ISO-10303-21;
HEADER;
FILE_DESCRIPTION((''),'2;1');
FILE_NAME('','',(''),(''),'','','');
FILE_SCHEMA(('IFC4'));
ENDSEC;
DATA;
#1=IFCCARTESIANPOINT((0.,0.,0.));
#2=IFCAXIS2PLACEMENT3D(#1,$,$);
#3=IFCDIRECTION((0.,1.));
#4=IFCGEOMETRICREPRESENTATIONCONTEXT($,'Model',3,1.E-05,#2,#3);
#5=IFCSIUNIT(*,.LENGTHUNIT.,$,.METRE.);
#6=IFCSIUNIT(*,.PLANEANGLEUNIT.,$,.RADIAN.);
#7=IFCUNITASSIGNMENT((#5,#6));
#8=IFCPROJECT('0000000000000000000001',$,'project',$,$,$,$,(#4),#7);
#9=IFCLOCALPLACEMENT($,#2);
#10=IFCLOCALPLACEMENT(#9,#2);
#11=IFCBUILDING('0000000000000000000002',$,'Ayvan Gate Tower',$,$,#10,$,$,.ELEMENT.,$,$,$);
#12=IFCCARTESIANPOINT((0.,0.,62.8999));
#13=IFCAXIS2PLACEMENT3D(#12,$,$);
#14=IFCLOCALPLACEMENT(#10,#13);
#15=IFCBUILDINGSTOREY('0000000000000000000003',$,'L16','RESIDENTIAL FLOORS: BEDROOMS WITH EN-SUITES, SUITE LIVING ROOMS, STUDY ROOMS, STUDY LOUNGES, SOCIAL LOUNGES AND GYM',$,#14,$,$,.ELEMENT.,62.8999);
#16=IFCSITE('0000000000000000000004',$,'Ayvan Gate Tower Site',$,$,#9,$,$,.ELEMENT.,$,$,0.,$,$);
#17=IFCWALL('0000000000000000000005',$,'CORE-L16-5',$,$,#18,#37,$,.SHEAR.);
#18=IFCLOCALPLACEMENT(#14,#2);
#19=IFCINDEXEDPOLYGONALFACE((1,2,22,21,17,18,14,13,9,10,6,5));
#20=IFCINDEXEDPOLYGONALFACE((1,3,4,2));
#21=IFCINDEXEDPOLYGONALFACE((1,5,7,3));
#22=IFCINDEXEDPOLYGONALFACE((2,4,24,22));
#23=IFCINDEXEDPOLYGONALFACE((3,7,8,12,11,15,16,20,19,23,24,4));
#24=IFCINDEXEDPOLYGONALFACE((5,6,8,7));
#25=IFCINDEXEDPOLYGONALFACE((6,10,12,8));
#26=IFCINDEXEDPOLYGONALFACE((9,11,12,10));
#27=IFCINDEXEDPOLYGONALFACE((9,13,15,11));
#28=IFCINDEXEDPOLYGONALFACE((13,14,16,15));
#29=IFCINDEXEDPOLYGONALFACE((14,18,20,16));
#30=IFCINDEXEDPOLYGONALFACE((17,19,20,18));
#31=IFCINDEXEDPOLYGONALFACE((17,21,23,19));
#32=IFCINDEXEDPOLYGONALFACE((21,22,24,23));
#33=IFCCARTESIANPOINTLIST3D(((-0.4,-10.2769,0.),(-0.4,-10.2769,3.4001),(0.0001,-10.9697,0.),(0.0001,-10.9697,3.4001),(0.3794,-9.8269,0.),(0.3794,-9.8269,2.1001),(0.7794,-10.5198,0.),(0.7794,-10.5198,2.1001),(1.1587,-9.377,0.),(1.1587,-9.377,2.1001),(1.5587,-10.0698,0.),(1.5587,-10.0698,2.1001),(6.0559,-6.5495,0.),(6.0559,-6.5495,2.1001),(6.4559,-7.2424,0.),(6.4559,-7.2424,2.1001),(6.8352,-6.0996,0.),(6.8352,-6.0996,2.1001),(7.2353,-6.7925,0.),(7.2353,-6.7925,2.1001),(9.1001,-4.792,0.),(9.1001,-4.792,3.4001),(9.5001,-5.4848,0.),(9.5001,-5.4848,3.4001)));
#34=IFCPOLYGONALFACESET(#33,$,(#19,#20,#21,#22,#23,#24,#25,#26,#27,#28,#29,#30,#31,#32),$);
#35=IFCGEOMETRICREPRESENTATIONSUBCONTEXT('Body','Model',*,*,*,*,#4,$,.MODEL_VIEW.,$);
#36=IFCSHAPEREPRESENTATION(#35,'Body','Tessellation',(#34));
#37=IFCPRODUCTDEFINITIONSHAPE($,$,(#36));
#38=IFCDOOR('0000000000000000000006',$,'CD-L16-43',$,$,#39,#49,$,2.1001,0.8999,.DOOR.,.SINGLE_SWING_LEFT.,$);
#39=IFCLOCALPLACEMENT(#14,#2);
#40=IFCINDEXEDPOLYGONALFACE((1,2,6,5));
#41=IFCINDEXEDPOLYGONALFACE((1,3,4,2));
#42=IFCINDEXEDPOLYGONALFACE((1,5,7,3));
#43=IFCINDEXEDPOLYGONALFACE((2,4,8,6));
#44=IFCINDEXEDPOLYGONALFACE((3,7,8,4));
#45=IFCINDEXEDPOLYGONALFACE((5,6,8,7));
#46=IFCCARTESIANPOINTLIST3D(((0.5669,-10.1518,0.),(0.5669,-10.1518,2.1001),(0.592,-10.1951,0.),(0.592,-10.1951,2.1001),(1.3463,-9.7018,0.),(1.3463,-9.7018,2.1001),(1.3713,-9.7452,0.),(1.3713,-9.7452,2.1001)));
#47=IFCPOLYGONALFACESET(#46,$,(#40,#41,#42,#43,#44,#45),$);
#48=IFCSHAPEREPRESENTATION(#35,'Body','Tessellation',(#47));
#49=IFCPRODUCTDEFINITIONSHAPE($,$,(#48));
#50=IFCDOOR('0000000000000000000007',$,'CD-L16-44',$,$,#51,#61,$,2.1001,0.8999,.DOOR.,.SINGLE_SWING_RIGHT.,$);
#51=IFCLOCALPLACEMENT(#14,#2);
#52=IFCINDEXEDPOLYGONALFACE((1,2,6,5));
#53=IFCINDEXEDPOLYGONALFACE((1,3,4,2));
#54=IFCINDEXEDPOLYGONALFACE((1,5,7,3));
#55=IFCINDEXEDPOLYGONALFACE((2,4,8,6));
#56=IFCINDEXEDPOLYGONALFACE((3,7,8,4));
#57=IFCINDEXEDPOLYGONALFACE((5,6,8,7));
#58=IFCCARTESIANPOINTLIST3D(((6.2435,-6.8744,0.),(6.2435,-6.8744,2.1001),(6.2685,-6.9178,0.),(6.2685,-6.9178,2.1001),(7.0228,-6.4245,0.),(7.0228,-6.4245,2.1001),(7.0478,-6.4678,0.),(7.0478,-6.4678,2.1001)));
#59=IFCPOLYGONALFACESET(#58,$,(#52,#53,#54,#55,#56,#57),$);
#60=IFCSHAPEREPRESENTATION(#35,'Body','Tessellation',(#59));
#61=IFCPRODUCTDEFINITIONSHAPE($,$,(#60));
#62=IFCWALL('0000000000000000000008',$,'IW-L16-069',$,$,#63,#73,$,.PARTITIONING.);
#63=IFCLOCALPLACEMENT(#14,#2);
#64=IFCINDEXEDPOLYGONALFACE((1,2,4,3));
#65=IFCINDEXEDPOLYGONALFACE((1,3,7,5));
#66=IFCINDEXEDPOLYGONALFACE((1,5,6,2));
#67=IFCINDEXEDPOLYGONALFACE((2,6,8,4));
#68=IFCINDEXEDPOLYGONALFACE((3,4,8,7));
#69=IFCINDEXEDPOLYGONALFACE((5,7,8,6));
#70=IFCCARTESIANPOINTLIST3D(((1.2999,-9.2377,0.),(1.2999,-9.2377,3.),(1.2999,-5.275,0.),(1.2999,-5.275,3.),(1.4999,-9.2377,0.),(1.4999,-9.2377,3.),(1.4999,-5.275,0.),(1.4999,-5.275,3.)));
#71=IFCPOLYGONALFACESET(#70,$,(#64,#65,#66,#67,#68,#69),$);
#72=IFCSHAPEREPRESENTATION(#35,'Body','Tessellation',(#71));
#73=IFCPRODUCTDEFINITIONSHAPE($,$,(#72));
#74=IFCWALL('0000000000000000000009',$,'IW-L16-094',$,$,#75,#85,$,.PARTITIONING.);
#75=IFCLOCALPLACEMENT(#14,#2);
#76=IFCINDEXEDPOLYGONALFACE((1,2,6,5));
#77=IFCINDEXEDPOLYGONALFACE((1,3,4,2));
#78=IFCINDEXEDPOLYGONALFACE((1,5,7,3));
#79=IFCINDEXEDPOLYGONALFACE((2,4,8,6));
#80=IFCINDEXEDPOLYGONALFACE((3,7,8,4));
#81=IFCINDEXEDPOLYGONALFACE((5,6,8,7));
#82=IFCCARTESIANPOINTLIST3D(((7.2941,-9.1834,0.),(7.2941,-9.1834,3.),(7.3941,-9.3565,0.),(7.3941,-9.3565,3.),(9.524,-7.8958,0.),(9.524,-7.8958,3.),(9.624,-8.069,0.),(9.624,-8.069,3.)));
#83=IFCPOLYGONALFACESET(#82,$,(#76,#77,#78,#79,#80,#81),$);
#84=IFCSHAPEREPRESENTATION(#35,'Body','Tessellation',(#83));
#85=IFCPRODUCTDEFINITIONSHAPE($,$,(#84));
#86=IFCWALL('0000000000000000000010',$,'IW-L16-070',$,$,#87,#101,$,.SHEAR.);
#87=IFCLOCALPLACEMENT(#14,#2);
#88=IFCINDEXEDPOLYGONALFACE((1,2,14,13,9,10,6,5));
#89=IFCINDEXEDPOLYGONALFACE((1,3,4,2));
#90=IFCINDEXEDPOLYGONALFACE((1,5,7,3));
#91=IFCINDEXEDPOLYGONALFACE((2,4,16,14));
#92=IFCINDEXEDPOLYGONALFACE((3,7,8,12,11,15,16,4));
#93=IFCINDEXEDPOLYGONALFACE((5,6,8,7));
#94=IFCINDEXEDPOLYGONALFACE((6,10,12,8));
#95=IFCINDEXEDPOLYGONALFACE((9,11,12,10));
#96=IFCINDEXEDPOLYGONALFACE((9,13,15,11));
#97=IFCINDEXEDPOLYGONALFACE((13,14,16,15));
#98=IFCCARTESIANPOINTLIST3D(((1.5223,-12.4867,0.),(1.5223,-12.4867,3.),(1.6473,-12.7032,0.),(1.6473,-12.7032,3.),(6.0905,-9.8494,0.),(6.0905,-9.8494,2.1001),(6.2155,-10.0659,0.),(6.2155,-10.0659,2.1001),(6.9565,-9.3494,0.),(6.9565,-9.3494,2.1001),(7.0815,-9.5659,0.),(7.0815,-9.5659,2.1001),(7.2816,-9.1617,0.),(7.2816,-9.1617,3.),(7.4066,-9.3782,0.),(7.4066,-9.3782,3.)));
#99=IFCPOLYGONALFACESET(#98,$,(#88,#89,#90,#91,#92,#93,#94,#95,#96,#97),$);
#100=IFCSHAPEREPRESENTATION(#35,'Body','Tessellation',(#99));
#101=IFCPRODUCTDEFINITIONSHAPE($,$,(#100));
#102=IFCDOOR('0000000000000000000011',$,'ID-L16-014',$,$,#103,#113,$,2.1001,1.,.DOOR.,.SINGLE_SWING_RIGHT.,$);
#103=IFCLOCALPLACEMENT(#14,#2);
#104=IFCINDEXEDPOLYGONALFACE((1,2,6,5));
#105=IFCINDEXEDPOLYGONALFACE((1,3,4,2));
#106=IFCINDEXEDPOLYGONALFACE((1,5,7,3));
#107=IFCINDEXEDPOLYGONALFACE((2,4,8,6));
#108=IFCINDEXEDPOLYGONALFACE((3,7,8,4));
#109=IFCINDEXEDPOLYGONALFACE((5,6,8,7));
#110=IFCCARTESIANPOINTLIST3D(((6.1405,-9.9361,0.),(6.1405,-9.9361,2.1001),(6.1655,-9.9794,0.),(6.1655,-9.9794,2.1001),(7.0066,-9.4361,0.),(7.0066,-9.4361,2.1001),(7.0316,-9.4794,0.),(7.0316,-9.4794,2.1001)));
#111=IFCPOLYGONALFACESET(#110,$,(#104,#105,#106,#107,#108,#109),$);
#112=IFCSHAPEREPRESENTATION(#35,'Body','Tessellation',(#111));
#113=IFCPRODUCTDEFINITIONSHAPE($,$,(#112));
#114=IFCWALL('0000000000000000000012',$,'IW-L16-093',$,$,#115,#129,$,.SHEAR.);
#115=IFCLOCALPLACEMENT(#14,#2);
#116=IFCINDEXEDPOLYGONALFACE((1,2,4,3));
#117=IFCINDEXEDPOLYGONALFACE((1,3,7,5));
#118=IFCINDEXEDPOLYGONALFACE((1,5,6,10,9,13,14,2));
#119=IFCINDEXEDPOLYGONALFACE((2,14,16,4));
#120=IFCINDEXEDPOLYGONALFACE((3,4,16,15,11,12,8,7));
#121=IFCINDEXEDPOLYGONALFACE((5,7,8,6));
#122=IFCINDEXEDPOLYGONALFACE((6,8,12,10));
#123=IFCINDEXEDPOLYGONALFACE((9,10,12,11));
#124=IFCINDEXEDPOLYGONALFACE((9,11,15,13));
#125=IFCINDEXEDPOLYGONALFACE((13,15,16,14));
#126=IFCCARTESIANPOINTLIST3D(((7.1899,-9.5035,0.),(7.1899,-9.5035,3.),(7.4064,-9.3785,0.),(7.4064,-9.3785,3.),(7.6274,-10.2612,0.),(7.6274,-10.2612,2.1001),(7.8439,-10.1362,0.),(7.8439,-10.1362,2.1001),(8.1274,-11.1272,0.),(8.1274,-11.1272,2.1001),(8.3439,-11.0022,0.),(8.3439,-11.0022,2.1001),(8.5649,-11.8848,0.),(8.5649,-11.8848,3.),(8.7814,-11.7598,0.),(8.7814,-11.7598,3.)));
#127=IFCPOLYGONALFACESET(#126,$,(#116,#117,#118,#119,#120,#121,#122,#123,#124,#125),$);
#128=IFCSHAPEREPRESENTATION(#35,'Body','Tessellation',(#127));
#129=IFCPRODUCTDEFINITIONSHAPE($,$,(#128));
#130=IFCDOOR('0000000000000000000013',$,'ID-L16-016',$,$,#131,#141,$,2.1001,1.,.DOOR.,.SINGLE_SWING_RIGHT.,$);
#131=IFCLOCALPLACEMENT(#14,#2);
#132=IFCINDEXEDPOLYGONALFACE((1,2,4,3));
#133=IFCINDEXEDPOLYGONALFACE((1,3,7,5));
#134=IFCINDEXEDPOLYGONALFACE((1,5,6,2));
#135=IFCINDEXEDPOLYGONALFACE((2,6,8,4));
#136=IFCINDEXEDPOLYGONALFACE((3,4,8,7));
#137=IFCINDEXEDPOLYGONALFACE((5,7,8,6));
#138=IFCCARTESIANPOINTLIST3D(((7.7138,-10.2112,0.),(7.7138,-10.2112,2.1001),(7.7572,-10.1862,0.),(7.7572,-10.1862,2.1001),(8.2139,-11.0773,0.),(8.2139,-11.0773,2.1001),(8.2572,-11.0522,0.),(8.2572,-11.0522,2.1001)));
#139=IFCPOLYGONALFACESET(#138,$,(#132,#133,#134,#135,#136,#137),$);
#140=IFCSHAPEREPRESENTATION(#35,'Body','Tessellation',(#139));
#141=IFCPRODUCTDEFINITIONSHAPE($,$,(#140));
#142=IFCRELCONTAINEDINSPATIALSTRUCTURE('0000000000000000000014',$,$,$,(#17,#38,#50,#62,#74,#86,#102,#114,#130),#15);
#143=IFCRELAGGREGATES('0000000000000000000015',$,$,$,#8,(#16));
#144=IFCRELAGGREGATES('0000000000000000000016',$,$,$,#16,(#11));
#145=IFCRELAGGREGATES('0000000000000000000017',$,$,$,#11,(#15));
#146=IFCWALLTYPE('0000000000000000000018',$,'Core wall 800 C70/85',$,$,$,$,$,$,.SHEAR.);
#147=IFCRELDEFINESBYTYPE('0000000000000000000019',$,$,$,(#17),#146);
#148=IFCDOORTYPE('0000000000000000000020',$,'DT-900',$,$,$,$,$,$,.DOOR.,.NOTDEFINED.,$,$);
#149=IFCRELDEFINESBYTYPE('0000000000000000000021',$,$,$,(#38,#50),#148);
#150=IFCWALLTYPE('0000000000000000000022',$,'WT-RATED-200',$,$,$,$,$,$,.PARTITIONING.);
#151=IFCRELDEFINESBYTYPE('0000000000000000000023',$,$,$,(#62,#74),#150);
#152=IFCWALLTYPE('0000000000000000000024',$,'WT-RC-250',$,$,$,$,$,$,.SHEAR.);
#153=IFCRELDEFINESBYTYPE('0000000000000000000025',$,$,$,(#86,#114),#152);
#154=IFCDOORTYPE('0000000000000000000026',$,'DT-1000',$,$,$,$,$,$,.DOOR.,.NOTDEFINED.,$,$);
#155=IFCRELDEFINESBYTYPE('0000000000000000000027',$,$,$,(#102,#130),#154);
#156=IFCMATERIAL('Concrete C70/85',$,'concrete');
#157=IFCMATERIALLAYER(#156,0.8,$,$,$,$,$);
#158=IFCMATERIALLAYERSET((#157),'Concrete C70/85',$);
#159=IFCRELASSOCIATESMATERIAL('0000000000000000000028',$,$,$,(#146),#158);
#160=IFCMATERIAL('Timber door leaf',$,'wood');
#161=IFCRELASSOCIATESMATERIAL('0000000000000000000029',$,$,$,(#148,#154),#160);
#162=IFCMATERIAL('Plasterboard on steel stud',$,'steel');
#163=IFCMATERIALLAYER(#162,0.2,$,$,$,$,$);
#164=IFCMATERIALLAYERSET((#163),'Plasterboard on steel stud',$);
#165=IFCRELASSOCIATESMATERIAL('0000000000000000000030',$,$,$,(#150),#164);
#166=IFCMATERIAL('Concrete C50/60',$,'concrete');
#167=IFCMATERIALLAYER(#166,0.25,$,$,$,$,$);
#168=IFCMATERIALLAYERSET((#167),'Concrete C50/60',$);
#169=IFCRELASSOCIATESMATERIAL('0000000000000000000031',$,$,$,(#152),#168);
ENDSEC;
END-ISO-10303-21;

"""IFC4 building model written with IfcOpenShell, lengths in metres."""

from ifc_helpers import new_model, si_unit, direction, frame, frame_2d, origin, place, context, subcontext, project, spatial, rectangle, extrude, material, layer, layer_set, type_object, element, fill, save


model = new_model("IFC4")

# Units and contexts
model_context = context("Model", 3, precision=1e-05, world=origin(), true_north=direction((0.0, 1.0)))
body_context = subcontext(model_context, "Body", "Model", "MODEL_VIEW")
ifc_project = project(units=[si_unit("LENGTHUNIT", "METRE"), si_unit("PLANEANGLEUNIT", "RADIAN")], contexts=[model_context])

# Site, building, storey
site_placement = place(None, origin())
site = spatial("IfcSite", under=ifc_project, at=site_placement, Name="Ayvan Gate Tower Site", CompositionType="ELEMENT", RefElevation=0.0)
building_placement = place(site_placement, origin())
building = spatial("IfcBuilding", under=site, at=building_placement, Name="Ayvan Gate Tower", CompositionType="ELEMENT")
storey_placement = place(building_placement, frame((0.0, 0.0, 62.8999)))
storey = spatial("IfcBuildingStorey", under=building, at=storey_placement, Name="L16", Description="RESIDENTIAL FLOORS: BEDROOMS WITH EN-SUITES, SUITE LIVING ROOMS, STUDY ROOMS, STUDY LOUNGES, SOCIAL LOUNGES AND GYM", CompositionType="ELEMENT", Elevation=62.8999)

# Wall, openings, doors
ifc_material_1 = material(Name="Concrete C70/85", Category="concrete")
ifc_layer_1 = layer(ifc_material_1, 0.8)
ifc_layer_set_1 = layer_set([ifc_layer_1], Name="Concrete C70/85")
wall_type_1 = type_object("IfcWallType", Name="Core wall 800 C70/85", PredefinedType="SHEAR", material=ifc_layer_set_1)
wall_1_placement = place(storey_placement, frame((-0.2, -10.6233, 0.0), z_axis=(0.0, 0.0, 1.0), x_axis=(0.866024, 0.500002, 0.0)))
wall_1 = element("IfcWall", 1, at=wall_1_placement, inside=storey, type_object=wall_type_1, Name="CORE-L16-5", PredefinedType="SHEAR", context=body_context, shape_type="SweptSolid", body=[
    extrude(rectangle(XDim=10.9697, YDim=0.8, at=frame_2d((5.4849, 0.0))), origin(), (0.0, 0.0, 1.0), 3.4001),
])
opening_1_placement = place(wall_1_placement, frame((0.8999, 0.0, 0.0)))
opening_1 = element("IfcOpeningElement", 2, at=opening_1_placement, cuts=wall_1, PredefinedType="OPENING", context=body_context, shape_type="SweptSolid", body=[
    extrude(rectangle(XDim=0.8999, YDim=2.1001, at=frame_2d((0.45, 1.05))), frame((0.0, 0.4099, 0.0), z_axis=(0.0, -1.0, 0.0), x_axis=(1.0, 0.0, 0.0)), (0.0, 0.0, 1.0), 0.8201),
])
opening_2_placement = place(wall_1_placement, frame((7.4546, 0.0, 0.0)))
opening_2 = element("IfcOpeningElement", 3, at=opening_2_placement, cuts=wall_1, PredefinedType="OPENING", context=body_context, shape_type="SweptSolid", body=[
    extrude(rectangle(XDim=0.8999, YDim=2.1001, at=frame_2d((0.45, 1.05))), frame((0.0, 0.4099, 0.0), z_axis=(0.0, -1.0, 0.0), x_axis=(1.0, 0.0, 0.0)), (0.0, 0.0, 1.0), 0.8201),
])
ifc_material_2 = material(Name="Timber door leaf", Category="wood")
door_type_1 = type_object("IfcDoorType", Name="DT-900", OperationType="NOTDEFINED", PredefinedType="DOOR", material=ifc_material_2)
door_1_placement = place(opening_1_placement, origin())
door_1 = element("IfcDoor", 4, at=door_1_placement, inside=storey, type_object=door_type_1, Name="CD-L16-43", OperationType="SINGLE_SWING_LEFT", OverallHeight=2.1001, OverallWidth=0.8999, PredefinedType="DOOR", context=body_context, shape_type="SweptSolid", body=[
    extrude(rectangle(XDim=0.8999, YDim=2.1001, at=frame_2d((0.45, 1.05))), frame((0.0, 0.0249, 0.0), z_axis=(0.0, -1.0, 0.0), x_axis=(1.0, 0.0, 0.0)), (0.0, 0.0, 1.0), 0.05),
])
fill(opening_1, door_1)
door_2_placement = place(opening_2_placement, origin())
door_2 = element("IfcDoor", 5, at=door_2_placement, inside=storey, type_object=door_type_1, Name="CD-L16-44", OperationType="SINGLE_SWING_RIGHT", OverallHeight=2.1001, OverallWidth=0.8999, PredefinedType="DOOR", context=body_context, shape_type="SweptSolid", body=[
    extrude(rectangle(XDim=0.8999, YDim=2.1001, at=frame_2d((0.45, 1.05))), frame((0.0, 0.0249, 0.0), z_axis=(0.0, -1.0, 0.0), x_axis=(1.0, 0.0, 0.0)), (0.0, 0.0, 1.0), 0.05),
])
fill(opening_2, door_2)

# Walls
ifc_material_3 = material(Name="Plasterboard on steel stud", Category="steel")
ifc_layer_2 = layer(ifc_material_3, 0.2)
ifc_layer_set_2 = layer_set([ifc_layer_2], Name="Plasterboard on steel stud")
wall_type_2 = type_object("IfcWallType", Name="WT-RATED-200", PredefinedType="PARTITIONING", material=ifc_layer_set_2)
wall_2_placement = place(storey_placement, frame((1.3999, -5.2749, 0.0), z_axis=(0.0, 0.0, 1.0), x_axis=(0.0, -1.0, 0.0)))
element("IfcWall", 6, at=wall_2_placement, inside=storey, type_object=wall_type_2, Name="IW-L16-069", PredefinedType="PARTITIONING", context=body_context, shape_type="SweptSolid", body=[
    extrude(rectangle(XDim=3.9626, YDim=0.2, at=frame_2d((1.9814, 0.0))), origin(), (0.0, 0.0, 1.0), 3.0),
])
wall_3_placement = place(storey_placement, frame((7.344, -9.27, 0.0), z_axis=(0.0, 0.0, 1.0), x_axis=(0.866006, 0.500034, 0.0)))
element("IfcWall", 7, at=wall_3_placement, inside=storey, type_object=wall_type_2, Name="IW-L16-094", PredefinedType="PARTITIONING", context=body_context, shape_type="SweptSolid", body=[
    extrude(rectangle(XDim=2.575, YDim=0.2, at=frame_2d((1.2876, 0.0))), origin(), (0.0, 0.0, 1.0), 3.0),
])

# Walls, openings, doors
ifc_material_4 = material(Name="Concrete C50/60", Category="concrete")
ifc_layer_3 = layer(ifc_material_4, 0.25)
ifc_layer_set_3 = layer_set([ifc_layer_3], Name="Concrete C50/60")
wall_type_3 = type_object("IfcWallType", Name="WT-RC-250", PredefinedType="SHEAR", material=ifc_layer_set_3)
wall_4_placement = place(storey_placement, frame((1.5847, -12.595, 0.0), z_axis=(0.0, 0.0, 1.0), x_axis=(0.866036, 0.499981, 0.0)))
wall_4 = element("IfcWall", 8, at=wall_4_placement, inside=storey, type_object=wall_type_3, Name="IW-L16-070", PredefinedType="SHEAR", context=body_context, shape_type="SweptSolid", body=[
    extrude(rectangle(XDim=6.6501, YDim=0.25, at=frame_2d((3.3252, 0.0))), origin(), (0.0, 0.0, 1.0), 3.0),
])
opening_3_placement = place(wall_4_placement, frame((5.2749, 0.0, 0.0)))
opening_3 = element("IfcOpeningElement", 9, at=opening_3_placement, cuts=wall_4, PredefinedType="OPENING", context=body_context, shape_type="SweptSolid", body=[
    extrude(rectangle(XDim=1.0, YDim=2.1001, at=frame_2d((0.5, 1.05))), frame((0.0, 0.135, 0.0), z_axis=(0.0, -1.0, 0.0), x_axis=(1.0, 0.0, 0.0)), (0.0, 0.0, 1.0), 0.27),
])
door_type_2 = type_object("IfcDoorType", Name="DT-1000", OperationType="NOTDEFINED", PredefinedType="DOOR", material=ifc_material_2)
door_3_placement = place(opening_3_placement, origin())
door_3 = element("IfcDoor", 10, at=door_3_placement, inside=storey, type_object=door_type_2, Name="ID-L16-014", OperationType="SINGLE_SWING_RIGHT", OverallHeight=2.1001, OverallWidth=1.0, PredefinedType="DOOR", context=body_context, shape_type="SweptSolid", body=[
    extrude(rectangle(XDim=1.0, YDim=2.1001, at=frame_2d((0.5, 1.05))), frame((0.0, 0.0249, 0.0), z_axis=(0.0, -1.0, 0.0), x_axis=(1.0, 0.0, 0.0)), (0.0, 0.0, 1.0), 0.05),
])
fill(opening_3, door_3)
wall_5_placement = place(storey_placement, frame((7.2981, -9.4409, 0.0), z_axis=(0.0, 0.0, 1.0), x_axis=(0.500035, -0.866005, 0.0)))
wall_5 = element("IfcWall", 11, at=wall_5_placement, inside=storey, type_object=wall_type_3, Name="IW-L16-093", PredefinedType="SHEAR", context=body_context, shape_type="SweptSolid", body=[
    extrude(rectangle(XDim=2.7498, YDim=0.25, at=frame_2d((1.375, 0.0))), origin(), (0.0, 0.0, 1.0), 3.0),
])
opening_4_placement = place(wall_5_placement, frame((0.875, 0.0, 0.0)))
opening_4 = element("IfcOpeningElement", 12, at=opening_4_placement, cuts=wall_5, PredefinedType="OPENING", context=body_context, shape_type="SweptSolid", body=[
    extrude(rectangle(XDim=1.0, YDim=2.1001, at=frame_2d((0.5, 1.05))), frame((0.0, 0.135, 0.0), z_axis=(0.0, -1.0, 0.0), x_axis=(1.0, 0.0, 0.0)), (0.0, 0.0, 1.0), 0.27),
])
door_4_placement = place(opening_4_placement, origin())
door_4 = element("IfcDoor", 13, at=door_4_placement, inside=storey, type_object=door_type_2, Name="ID-L16-016", OperationType="SINGLE_SWING_RIGHT", OverallHeight=2.1001, OverallWidth=1.0, PredefinedType="DOOR", context=body_context, shape_type="SweptSolid", body=[
    extrude(rectangle(XDim=1.0, YDim=2.1001, at=frame_2d((0.5, 1.05))), frame((0.0, 0.0249, 0.0), z_axis=(0.0, -1.0, 0.0), x_axis=(1.0, 0.0, 0.0)), (0.0, 0.0, 1.0), 0.05),
])
fill(opening_4, door_4)

save(model, "model.ifc")
